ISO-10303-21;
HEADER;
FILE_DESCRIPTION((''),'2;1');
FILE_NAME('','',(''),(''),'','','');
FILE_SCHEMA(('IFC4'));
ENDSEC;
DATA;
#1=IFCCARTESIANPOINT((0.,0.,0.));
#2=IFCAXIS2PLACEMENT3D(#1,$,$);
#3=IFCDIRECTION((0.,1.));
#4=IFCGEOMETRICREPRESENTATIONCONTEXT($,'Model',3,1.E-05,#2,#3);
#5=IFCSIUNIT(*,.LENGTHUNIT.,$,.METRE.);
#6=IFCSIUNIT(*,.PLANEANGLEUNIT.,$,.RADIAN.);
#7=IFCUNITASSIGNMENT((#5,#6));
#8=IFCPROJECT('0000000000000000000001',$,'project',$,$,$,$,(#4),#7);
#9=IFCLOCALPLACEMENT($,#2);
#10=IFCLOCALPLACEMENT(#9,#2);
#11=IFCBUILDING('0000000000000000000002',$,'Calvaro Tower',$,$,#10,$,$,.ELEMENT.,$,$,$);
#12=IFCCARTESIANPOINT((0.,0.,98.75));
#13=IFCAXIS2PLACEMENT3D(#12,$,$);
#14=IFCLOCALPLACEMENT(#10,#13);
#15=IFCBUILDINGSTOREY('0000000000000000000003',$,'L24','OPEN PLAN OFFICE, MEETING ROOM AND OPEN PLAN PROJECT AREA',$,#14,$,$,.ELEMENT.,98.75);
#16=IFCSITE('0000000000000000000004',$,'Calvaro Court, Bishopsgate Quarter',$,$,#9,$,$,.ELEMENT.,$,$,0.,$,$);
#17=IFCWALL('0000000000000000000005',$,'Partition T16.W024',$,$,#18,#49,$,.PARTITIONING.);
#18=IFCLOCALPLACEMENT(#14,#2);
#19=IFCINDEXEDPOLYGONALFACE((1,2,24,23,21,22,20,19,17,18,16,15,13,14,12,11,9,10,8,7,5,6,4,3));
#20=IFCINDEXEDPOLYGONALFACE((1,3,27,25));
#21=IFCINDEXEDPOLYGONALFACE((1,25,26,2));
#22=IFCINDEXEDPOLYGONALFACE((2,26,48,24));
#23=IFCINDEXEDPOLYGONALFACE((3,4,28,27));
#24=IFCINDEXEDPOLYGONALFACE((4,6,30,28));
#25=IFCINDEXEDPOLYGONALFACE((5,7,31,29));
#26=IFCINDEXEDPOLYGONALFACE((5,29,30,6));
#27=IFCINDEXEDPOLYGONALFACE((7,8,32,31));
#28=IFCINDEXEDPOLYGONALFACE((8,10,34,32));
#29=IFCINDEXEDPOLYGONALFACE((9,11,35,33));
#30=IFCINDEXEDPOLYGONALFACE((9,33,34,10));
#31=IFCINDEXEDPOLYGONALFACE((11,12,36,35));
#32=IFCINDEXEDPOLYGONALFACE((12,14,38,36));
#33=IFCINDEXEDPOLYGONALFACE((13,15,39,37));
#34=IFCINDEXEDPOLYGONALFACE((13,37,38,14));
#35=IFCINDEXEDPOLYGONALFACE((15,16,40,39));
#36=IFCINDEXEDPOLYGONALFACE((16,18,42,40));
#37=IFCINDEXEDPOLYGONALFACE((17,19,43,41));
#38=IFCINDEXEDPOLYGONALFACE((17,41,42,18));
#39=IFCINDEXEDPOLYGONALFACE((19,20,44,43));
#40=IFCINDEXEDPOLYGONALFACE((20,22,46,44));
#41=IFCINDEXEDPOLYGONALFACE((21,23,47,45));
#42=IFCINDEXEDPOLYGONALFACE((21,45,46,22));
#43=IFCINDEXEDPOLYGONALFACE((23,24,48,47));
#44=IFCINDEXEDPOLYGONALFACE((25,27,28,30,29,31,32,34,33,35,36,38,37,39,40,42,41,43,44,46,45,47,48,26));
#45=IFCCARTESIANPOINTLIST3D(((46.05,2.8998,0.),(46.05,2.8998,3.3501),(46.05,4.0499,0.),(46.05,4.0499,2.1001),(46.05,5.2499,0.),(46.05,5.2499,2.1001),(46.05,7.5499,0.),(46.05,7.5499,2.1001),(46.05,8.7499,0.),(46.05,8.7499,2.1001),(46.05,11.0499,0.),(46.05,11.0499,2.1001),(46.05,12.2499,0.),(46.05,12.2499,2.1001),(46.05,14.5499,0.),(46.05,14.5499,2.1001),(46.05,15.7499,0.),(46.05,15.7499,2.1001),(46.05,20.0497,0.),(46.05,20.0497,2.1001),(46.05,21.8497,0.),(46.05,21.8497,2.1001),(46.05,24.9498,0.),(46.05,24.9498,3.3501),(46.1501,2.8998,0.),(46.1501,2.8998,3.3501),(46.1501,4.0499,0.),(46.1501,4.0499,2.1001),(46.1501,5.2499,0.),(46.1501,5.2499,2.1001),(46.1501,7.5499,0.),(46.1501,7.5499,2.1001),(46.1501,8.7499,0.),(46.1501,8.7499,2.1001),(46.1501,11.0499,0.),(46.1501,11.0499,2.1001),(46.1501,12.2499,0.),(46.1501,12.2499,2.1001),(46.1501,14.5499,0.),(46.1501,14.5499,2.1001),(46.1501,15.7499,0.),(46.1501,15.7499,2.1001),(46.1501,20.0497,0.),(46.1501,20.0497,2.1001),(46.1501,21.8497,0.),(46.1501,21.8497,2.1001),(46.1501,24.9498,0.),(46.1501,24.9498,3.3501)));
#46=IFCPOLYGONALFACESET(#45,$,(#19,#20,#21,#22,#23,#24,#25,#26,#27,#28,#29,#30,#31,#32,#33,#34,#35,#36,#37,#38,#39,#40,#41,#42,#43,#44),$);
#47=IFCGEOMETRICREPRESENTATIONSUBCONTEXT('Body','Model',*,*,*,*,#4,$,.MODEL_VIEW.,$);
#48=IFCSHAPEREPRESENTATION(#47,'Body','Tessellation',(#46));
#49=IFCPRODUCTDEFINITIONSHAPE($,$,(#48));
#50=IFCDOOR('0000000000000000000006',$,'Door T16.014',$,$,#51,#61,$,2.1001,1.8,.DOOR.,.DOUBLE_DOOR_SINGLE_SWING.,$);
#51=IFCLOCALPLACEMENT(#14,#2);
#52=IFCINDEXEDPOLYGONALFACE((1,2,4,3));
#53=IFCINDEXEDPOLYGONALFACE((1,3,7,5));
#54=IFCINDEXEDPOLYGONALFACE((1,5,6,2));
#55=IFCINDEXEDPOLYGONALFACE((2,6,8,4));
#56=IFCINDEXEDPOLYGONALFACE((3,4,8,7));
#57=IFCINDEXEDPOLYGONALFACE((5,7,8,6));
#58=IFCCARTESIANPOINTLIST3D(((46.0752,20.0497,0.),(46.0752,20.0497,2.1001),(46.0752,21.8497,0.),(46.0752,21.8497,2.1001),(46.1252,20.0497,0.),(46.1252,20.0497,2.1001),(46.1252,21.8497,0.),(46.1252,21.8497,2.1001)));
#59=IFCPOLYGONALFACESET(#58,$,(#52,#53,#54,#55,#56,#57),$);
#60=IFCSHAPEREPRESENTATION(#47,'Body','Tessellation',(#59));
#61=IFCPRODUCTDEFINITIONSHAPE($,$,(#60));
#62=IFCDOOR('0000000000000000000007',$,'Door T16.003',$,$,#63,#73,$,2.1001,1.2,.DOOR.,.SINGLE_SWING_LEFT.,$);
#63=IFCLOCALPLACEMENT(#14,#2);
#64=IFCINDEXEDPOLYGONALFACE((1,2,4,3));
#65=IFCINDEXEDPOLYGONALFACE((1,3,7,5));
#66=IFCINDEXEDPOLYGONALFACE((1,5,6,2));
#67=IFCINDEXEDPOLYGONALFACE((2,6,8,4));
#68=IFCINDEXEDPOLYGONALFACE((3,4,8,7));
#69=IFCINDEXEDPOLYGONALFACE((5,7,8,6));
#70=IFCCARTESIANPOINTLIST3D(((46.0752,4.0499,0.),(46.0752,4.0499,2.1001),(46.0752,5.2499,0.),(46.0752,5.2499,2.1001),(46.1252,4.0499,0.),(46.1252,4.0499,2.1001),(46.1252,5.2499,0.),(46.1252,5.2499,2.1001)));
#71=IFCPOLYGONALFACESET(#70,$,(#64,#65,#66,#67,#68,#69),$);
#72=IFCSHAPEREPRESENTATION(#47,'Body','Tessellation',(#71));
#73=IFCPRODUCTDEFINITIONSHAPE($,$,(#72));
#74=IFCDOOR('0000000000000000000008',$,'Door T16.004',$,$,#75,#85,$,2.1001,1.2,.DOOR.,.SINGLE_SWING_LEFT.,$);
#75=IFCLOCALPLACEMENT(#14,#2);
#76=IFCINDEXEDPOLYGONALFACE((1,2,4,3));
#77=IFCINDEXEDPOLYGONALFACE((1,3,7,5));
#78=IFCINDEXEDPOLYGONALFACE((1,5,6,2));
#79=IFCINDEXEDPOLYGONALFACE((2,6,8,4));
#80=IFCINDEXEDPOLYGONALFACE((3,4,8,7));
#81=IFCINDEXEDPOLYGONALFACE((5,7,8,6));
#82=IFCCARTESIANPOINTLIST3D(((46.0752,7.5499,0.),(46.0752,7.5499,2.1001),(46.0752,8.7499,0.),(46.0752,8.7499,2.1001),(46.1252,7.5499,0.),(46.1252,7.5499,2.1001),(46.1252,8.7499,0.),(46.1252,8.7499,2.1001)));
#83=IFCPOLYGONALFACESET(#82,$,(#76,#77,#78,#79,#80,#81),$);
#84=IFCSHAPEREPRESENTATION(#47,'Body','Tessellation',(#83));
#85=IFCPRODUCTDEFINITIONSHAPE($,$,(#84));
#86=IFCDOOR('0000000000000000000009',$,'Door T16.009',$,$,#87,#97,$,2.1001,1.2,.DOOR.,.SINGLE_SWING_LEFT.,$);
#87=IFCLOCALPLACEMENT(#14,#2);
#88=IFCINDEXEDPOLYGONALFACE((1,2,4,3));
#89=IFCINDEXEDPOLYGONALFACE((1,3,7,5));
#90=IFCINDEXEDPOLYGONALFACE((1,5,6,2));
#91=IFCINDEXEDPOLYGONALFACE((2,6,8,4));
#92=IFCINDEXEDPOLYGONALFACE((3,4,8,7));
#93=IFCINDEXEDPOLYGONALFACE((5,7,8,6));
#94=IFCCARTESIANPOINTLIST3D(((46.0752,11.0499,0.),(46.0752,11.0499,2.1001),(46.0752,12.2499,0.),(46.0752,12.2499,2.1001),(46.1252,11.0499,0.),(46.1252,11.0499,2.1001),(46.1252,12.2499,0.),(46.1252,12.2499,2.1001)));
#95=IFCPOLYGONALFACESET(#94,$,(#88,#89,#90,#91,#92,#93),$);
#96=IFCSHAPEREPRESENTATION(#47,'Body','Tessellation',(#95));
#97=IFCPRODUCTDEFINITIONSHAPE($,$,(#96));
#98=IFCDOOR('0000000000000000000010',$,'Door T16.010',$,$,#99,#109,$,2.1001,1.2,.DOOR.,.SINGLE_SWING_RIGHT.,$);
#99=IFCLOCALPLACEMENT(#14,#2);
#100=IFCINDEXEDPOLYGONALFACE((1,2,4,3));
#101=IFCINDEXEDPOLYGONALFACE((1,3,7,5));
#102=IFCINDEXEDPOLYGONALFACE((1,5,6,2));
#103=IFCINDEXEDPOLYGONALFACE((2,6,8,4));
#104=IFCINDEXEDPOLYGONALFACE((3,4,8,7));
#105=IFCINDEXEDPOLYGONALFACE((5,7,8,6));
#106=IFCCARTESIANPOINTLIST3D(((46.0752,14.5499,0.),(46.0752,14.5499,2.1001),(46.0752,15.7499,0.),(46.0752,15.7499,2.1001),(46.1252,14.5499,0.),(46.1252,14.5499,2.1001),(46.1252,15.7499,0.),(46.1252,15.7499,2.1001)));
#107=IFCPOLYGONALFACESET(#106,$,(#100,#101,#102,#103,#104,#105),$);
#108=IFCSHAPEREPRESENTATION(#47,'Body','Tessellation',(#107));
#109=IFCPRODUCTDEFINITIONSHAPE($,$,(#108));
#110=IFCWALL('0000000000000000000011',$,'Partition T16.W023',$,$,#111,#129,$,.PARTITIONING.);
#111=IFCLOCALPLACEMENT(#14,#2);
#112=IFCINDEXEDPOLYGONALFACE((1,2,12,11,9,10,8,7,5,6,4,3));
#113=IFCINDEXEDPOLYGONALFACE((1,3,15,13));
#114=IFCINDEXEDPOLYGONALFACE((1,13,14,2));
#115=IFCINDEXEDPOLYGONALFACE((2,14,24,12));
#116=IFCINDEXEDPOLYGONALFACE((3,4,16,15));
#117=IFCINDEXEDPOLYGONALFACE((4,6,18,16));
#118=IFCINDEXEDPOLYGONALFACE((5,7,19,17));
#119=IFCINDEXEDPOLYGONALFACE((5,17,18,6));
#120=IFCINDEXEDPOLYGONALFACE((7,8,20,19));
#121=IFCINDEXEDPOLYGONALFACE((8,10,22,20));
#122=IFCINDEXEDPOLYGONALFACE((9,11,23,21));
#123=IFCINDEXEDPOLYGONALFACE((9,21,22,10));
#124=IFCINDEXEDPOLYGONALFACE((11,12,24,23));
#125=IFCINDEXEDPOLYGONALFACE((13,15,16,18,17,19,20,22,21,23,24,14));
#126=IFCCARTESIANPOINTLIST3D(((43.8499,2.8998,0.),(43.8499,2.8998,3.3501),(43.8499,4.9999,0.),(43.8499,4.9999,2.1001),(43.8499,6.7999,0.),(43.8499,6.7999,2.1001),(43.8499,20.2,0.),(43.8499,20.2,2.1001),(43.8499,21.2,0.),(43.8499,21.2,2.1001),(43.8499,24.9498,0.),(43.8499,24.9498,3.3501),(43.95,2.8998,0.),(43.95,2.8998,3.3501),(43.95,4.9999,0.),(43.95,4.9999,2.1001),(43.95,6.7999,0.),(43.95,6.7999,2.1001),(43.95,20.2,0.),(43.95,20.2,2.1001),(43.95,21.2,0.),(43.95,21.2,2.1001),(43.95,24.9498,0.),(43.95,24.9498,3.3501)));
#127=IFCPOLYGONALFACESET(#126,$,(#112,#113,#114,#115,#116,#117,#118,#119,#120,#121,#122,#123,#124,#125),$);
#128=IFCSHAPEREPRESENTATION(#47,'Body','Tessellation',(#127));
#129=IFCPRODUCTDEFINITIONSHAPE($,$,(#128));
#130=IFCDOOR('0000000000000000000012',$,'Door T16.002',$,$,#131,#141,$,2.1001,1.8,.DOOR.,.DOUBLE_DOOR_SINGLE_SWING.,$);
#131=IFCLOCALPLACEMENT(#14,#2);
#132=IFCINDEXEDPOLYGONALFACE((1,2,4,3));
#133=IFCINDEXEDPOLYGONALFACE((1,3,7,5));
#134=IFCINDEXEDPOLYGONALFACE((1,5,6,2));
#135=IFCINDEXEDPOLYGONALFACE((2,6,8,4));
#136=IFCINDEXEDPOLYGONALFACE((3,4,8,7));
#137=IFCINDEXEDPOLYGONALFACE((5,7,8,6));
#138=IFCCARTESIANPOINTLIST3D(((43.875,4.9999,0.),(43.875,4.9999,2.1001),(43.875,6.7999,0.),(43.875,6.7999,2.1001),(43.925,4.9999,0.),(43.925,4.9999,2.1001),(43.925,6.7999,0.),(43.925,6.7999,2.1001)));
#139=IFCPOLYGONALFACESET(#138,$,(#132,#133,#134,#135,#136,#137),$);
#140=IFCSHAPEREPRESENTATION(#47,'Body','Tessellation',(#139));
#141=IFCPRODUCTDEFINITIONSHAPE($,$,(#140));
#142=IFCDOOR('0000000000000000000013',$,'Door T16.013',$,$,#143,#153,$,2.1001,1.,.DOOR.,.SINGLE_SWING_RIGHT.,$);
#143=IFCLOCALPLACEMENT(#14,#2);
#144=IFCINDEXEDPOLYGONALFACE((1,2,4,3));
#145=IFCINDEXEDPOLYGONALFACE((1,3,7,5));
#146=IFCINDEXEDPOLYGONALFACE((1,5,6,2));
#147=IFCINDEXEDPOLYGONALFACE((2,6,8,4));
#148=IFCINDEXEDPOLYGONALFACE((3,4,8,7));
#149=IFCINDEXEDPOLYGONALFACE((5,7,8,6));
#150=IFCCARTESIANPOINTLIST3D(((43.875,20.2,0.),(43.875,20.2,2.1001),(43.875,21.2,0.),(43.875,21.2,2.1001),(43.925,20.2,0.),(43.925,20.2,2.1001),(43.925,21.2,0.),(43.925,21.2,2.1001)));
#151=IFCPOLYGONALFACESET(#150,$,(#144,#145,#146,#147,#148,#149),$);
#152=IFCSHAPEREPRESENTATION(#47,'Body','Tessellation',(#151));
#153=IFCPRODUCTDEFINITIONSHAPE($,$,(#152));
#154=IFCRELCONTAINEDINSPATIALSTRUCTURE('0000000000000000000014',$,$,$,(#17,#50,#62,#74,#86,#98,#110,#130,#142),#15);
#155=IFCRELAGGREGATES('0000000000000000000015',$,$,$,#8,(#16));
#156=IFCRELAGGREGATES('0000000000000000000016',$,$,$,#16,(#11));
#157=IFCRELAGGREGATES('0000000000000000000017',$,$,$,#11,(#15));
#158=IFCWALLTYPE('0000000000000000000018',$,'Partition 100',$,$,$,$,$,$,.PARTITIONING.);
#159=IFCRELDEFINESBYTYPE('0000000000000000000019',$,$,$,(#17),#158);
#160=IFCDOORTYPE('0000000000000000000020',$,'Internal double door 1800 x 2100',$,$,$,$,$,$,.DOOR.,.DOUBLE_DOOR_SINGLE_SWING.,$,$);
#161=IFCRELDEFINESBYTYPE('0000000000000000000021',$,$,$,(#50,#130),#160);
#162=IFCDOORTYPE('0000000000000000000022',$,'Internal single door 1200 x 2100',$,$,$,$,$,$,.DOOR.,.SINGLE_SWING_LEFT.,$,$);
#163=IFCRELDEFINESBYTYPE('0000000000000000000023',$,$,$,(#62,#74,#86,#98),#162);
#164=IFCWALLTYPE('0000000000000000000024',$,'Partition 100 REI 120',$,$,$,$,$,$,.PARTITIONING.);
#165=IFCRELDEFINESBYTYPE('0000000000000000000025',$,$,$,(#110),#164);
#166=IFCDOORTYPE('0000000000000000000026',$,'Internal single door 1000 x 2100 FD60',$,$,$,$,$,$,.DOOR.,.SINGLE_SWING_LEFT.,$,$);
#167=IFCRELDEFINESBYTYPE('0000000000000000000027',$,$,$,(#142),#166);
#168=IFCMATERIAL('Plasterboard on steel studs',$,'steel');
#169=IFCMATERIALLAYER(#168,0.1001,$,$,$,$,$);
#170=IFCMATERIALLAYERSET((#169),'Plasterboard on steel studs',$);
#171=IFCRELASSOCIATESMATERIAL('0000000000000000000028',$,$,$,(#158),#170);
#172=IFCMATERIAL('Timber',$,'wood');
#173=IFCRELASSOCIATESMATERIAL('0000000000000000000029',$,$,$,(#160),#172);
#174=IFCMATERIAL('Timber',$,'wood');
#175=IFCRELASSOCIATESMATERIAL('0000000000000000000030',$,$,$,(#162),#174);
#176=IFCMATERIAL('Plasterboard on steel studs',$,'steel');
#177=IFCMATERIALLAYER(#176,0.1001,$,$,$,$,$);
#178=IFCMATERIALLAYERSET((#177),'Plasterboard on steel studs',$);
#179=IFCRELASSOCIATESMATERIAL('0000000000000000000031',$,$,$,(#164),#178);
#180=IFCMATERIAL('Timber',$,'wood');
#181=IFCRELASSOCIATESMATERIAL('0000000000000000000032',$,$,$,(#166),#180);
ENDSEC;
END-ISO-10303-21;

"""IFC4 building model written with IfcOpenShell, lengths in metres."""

from ifc_helpers import new_model, si_unit, direction, frame, frame_2d, origin, place, context, subcontext, project, spatial, rectangle, extrude, material, layer, layer_set, type_object, element, fill, save


model = new_model("IFC4")

# Units and contexts
model_context = context("Model", 3, precision=1e-05, world=origin(), true_north=direction((0.0, 1.0)))
body_context = subcontext(model_context, "Body", "Model", "MODEL_VIEW")
ifc_project = project(units=[si_unit("LENGTHUNIT", "METRE"), si_unit("PLANEANGLEUNIT", "RADIAN")], contexts=[model_context])

# Site, building, storey
site_placement = place(None, origin())
site = spatial("IfcSite", under=ifc_project, at=site_placement, Name="Calvaro Court, Bishopsgate Quarter", CompositionType="ELEMENT", RefElevation=0.0)
building_placement = place(site_placement, origin())
building = spatial("IfcBuilding", under=site, at=building_placement, Name="Calvaro Tower", CompositionType="ELEMENT")
storey_placement = place(building_placement, frame((0.0, 0.0, 98.75)))
storey = spatial("IfcBuildingStorey", under=building, at=storey_placement, Name="L24", Description="OPEN PLAN OFFICE, MEETING ROOM AND OPEN PLAN PROJECT AREA", CompositionType="ELEMENT", Elevation=98.75)

# Shared definitions
ifc_material_1 = material(Name="Plasterboard on steel studs", Category="steel")
ifc_layer_1 = layer(ifc_material_1, 0.1001)
ifc_layer_set_1 = layer_set([ifc_layer_1], Name="Plasterboard on steel studs")
wall_type_1 = type_object("IfcWallType", Name="Partition 100", PredefinedType="PARTITIONING", material=ifc_layer_set_1)

# Walls, openings, doors
wall_1_placement = place(storey_placement, frame((46.1001, 2.8999, 0.0), z_axis=(0.0, 0.0, 1.0), x_axis=(0.0, 1.0, 0.0)))
wall_1 = element("IfcWall", 1, at=wall_1_placement, inside=storey, type_object=wall_type_1, Name="Partition T16.W024", PredefinedType="PARTITIONING", context=body_context, shape_type="SweptSolid", body=[
    extrude(rectangle(XDim=22.05, YDim=0.1001, at=frame_2d((11.0249, 0.0))), origin(), (0.0, 0.0, 1.0), 3.3501),
])
opening_1_placement = place(wall_1_placement, frame((1.1499, 0.0, 0.0)))
opening_1 = element("IfcOpeningElement", 2, at=opening_1_placement, cuts=wall_1, PredefinedType="OPENING", context=body_context, shape_type="SweptSolid", body=[
    extrude(rectangle(XDim=1.2, YDim=2.1001, at=frame_2d((0.6001, 1.05))), frame((0.0, 0.0601, 0.0), z_axis=(0.0, -1.0, 0.0), x_axis=(1.0, 0.0, 0.0)), (0.0, 0.0, 1.0), 0.1201),
])
opening_2_placement = place(wall_1_placement, frame((4.6499, 0.0, 0.0)))
opening_2 = element("IfcOpeningElement", 3, at=opening_2_placement, cuts=wall_1, PredefinedType="OPENING", context=body_context, shape_type="SweptSolid", body=[
    extrude(rectangle(XDim=1.2, YDim=2.1001, at=frame_2d((0.6001, 1.05))), frame((0.0, 0.0601, 0.0), z_axis=(0.0, -1.0, 0.0), x_axis=(1.0, 0.0, 0.0)), (0.0, 0.0, 1.0), 0.1201),
])
opening_3_placement = place(wall_1_placement, frame((8.1499, 0.0, 0.0)))
opening_3 = element("IfcOpeningElement", 4, at=opening_3_placement, cuts=wall_1, PredefinedType="OPENING", context=body_context, shape_type="SweptSolid", body=[
    extrude(rectangle(XDim=1.2, YDim=2.1001, at=frame_2d((0.6001, 1.05))), frame((0.0, 0.0601, 0.0), z_axis=(0.0, -1.0, 0.0), x_axis=(1.0, 0.0, 0.0)), (0.0, 0.0, 1.0), 0.1201),
])
opening_4_placement = place(wall_1_placement, frame((11.6499, 0.0, 0.0)))
opening_4 = element("IfcOpeningElement", 5, at=opening_4_placement, cuts=wall_1, PredefinedType="OPENING", context=body_context, shape_type="SweptSolid", body=[
    extrude(rectangle(XDim=1.2, YDim=2.1001, at=frame_2d((0.6001, 1.05))), frame((0.0, 0.0601, 0.0), z_axis=(0.0, -1.0, 0.0), x_axis=(1.0, 0.0, 0.0)), (0.0, 0.0, 1.0), 0.1201),
])
opening_5_placement = place(wall_1_placement, frame((17.1499, 0.0, 0.0)))
opening_5 = element("IfcOpeningElement", 6, at=opening_5_placement, cuts=wall_1, PredefinedType="OPENING", context=body_context, shape_type="SweptSolid", body=[
    extrude(rectangle(XDim=1.8, YDim=2.1001, at=frame_2d((0.8999, 1.05))), frame((0.0, 0.0601, 0.0), z_axis=(0.0, -1.0, 0.0), x_axis=(1.0, 0.0, 0.0)), (0.0, 0.0, 1.0), 0.1201),
])
ifc_material_2 = material(Name="Timber", Category="wood")
door_type_1 = type_object("IfcDoorType", Name="Internal double door 1800 x 2100", OperationType="DOUBLE_DOOR_SINGLE_SWING", PredefinedType="DOOR", material=ifc_material_2)
door_1_placement = place(opening_5_placement, origin())
door_1 = element("IfcDoor", 7, at=door_1_placement, inside=storey, type_object=door_type_1, Name="Door T16.014", OperationType="DOUBLE_DOOR_SINGLE_SWING", OverallHeight=2.1001, OverallWidth=1.8, PredefinedType="DOOR", context=body_context, shape_type="SweptSolid", body=[
    extrude(rectangle(XDim=1.8, YDim=2.1001, at=frame_2d((0.8999, 1.05))), frame((0.0, 0.0249, 0.0), z_axis=(0.0, -1.0, 0.0), x_axis=(1.0, 0.0, 0.0)), (0.0, 0.0, 1.0), 0.05),
])
fill(opening_5, door_1)
ifc_material_3 = material(Name="Timber", Category="wood")
door_type_2 = type_object("IfcDoorType", Name="Internal single door 1200 x 2100", OperationType="SINGLE_SWING_LEFT", PredefinedType="DOOR", material=ifc_material_3)
door_2_placement = place(opening_1_placement, origin())
door_2 = element("IfcDoor", 8, at=door_2_placement, inside=storey, type_object=door_type_2, Name="Door T16.003", OperationType="SINGLE_SWING_LEFT", OverallHeight=2.1001, OverallWidth=1.2, PredefinedType="DOOR", context=body_context, shape_type="SweptSolid", body=[
    extrude(rectangle(XDim=1.2, YDim=2.1001, at=frame_2d((0.6001, 1.05))), frame((0.0, 0.0249, 0.0), z_axis=(0.0, -1.0, 0.0), x_axis=(1.0, 0.0, 0.0)), (0.0, 0.0, 1.0), 0.05),
])
fill(opening_1, door_2)
door_3_placement = place(opening_2_placement, origin())
door_3 = element("IfcDoor", 9, at=door_3_placement, inside=storey, type_object=door_type_2, Name="Door T16.004", OperationType="SINGLE_SWING_LEFT", OverallHeight=2.1001, OverallWidth=1.2, PredefinedType="DOOR", context=body_context, shape_type="SweptSolid", body=[
    extrude(rectangle(XDim=1.2, YDim=2.1001, at=frame_2d((0.6001, 1.05))), frame((0.0, 0.0249, 0.0), z_axis=(0.0, -1.0, 0.0), x_axis=(1.0, 0.0, 0.0)), (0.0, 0.0, 1.0), 0.05),
])
fill(opening_2, door_3)
door_4_placement = place(opening_3_placement, origin())
door_4 = element("IfcDoor", 10, at=door_4_placement, inside=storey, type_object=door_type_2, Name="Door T16.009", OperationType="SINGLE_SWING_LEFT", OverallHeight=2.1001, OverallWidth=1.2, PredefinedType="DOOR", context=body_context, shape_type="SweptSolid", body=[
    extrude(rectangle(XDim=1.2, YDim=2.1001, at=frame_2d((0.6001, 1.05))), frame((0.0, 0.0249, 0.0), z_axis=(0.0, -1.0, 0.0), x_axis=(1.0, 0.0, 0.0)), (0.0, 0.0, 1.0), 0.05),
])
fill(opening_3, door_4)
door_5_placement = place(opening_4_placement, origin())
door_5 = element("IfcDoor", 11, at=door_5_placement, inside=storey, type_object=door_type_2, Name="Door T16.010", OperationType="SINGLE_SWING_RIGHT", OverallHeight=2.1001, OverallWidth=1.2, PredefinedType="DOOR", context=body_context, shape_type="SweptSolid", body=[
    extrude(rectangle(XDim=1.2, YDim=2.1001, at=frame_2d((0.6001, 1.05))), frame((0.0, 0.0249, 0.0), z_axis=(0.0, -1.0, 0.0), x_axis=(1.0, 0.0, 0.0)), (0.0, 0.0, 1.0), 0.05),
])
fill(opening_4, door_5)
ifc_material_4 = material(Name="Plasterboard on steel studs", Category="steel")
ifc_layer_2 = layer(ifc_material_4, 0.1001)
ifc_layer_set_2 = layer_set([ifc_layer_2], Name="Plasterboard on steel studs")
wall_type_2 = type_object("IfcWallType", Name="Partition 100 REI 120", PredefinedType="PARTITIONING", material=ifc_layer_set_2)
wall_2_placement = place(storey_placement, frame((43.8999, 2.8999, 0.0), z_axis=(0.0, 0.0, 1.0), x_axis=(0.0, 1.0, 0.0)))
wall_2 = element("IfcWall", 12, at=wall_2_placement, inside=storey, type_object=wall_type_2, Name="Partition T16.W023", PredefinedType="PARTITIONING", context=body_context, shape_type="SweptSolid", body=[
    extrude(rectangle(XDim=22.05, YDim=0.1001, at=frame_2d((11.0249, 0.0))), origin(), (0.0, 0.0, 1.0), 3.3501),
])
opening_6_placement = place(wall_2_placement, frame((2.1001, 0.0, 0.0)))
opening_6 = element("IfcOpeningElement", 13, at=opening_6_placement, cuts=wall_2, PredefinedType="OPENING", context=body_context, shape_type="SweptSolid", body=[
    extrude(rectangle(XDim=1.8, YDim=2.1001, at=frame_2d((0.8999, 1.05))), frame((0.0, 0.0601, 0.0), z_axis=(0.0, -1.0, 0.0), x_axis=(1.0, 0.0, 0.0)), (0.0, 0.0, 1.0), 0.1201),
])
opening_7_placement = place(wall_2_placement, frame((17.3, 0.0, 0.0)))
opening_7 = element("IfcOpeningElement", 14, at=opening_7_placement, cuts=wall_2, PredefinedType="OPENING", context=body_context, shape_type="SweptSolid", body=[
    extrude(rectangle(XDim=1.0, YDim=2.1001, at=frame_2d((0.5, 1.05))), frame((0.0, 0.0601, 0.0), z_axis=(0.0, -1.0, 0.0), x_axis=(1.0, 0.0, 0.0)), (0.0, 0.0, 1.0), 0.1201),
])
door_6_placement = place(opening_6_placement, origin())
door_6 = element("IfcDoor", 15, at=door_6_placement, inside=storey, type_object=door_type_1, Name="Door T16.002", OperationType="DOUBLE_DOOR_SINGLE_SWING", OverallHeight=2.1001, OverallWidth=1.8, PredefinedType="DOOR", context=body_context, shape_type="SweptSolid", body=[
    extrude(rectangle(XDim=1.8, YDim=2.1001, at=frame_2d((0.8999, 1.05))), frame((0.0, 0.0249, 0.0), z_axis=(0.0, -1.0, 0.0), x_axis=(1.0, 0.0, 0.0)), (0.0, 0.0, 1.0), 0.05),
])
fill(opening_6, door_6)
ifc_material_5 = material(Name="Timber", Category="wood")
door_type_3 = type_object("IfcDoorType", Name="Internal single door 1000 x 2100 FD60", OperationType="SINGLE_SWING_LEFT", PredefinedType="DOOR", material=ifc_material_5)
door_7_placement = place(opening_7_placement, origin())
door_7 = element("IfcDoor", 16, at=door_7_placement, inside=storey, type_object=door_type_3, Name="Door T16.013", OperationType="SINGLE_SWING_RIGHT", OverallHeight=2.1001, OverallWidth=1.0, PredefinedType="DOOR", context=body_context, shape_type="SweptSolid", body=[
    extrude(rectangle(XDim=1.0, YDim=2.1001, at=frame_2d((0.5, 1.05))), frame((0.0, 0.0249, 0.0), z_axis=(0.0, -1.0, 0.0), x_axis=(1.0, 0.0, 0.0)), (0.0, 0.0, 1.0), 0.05),
])
fill(opening_7, door_7)

save(model, "model.ifc")
